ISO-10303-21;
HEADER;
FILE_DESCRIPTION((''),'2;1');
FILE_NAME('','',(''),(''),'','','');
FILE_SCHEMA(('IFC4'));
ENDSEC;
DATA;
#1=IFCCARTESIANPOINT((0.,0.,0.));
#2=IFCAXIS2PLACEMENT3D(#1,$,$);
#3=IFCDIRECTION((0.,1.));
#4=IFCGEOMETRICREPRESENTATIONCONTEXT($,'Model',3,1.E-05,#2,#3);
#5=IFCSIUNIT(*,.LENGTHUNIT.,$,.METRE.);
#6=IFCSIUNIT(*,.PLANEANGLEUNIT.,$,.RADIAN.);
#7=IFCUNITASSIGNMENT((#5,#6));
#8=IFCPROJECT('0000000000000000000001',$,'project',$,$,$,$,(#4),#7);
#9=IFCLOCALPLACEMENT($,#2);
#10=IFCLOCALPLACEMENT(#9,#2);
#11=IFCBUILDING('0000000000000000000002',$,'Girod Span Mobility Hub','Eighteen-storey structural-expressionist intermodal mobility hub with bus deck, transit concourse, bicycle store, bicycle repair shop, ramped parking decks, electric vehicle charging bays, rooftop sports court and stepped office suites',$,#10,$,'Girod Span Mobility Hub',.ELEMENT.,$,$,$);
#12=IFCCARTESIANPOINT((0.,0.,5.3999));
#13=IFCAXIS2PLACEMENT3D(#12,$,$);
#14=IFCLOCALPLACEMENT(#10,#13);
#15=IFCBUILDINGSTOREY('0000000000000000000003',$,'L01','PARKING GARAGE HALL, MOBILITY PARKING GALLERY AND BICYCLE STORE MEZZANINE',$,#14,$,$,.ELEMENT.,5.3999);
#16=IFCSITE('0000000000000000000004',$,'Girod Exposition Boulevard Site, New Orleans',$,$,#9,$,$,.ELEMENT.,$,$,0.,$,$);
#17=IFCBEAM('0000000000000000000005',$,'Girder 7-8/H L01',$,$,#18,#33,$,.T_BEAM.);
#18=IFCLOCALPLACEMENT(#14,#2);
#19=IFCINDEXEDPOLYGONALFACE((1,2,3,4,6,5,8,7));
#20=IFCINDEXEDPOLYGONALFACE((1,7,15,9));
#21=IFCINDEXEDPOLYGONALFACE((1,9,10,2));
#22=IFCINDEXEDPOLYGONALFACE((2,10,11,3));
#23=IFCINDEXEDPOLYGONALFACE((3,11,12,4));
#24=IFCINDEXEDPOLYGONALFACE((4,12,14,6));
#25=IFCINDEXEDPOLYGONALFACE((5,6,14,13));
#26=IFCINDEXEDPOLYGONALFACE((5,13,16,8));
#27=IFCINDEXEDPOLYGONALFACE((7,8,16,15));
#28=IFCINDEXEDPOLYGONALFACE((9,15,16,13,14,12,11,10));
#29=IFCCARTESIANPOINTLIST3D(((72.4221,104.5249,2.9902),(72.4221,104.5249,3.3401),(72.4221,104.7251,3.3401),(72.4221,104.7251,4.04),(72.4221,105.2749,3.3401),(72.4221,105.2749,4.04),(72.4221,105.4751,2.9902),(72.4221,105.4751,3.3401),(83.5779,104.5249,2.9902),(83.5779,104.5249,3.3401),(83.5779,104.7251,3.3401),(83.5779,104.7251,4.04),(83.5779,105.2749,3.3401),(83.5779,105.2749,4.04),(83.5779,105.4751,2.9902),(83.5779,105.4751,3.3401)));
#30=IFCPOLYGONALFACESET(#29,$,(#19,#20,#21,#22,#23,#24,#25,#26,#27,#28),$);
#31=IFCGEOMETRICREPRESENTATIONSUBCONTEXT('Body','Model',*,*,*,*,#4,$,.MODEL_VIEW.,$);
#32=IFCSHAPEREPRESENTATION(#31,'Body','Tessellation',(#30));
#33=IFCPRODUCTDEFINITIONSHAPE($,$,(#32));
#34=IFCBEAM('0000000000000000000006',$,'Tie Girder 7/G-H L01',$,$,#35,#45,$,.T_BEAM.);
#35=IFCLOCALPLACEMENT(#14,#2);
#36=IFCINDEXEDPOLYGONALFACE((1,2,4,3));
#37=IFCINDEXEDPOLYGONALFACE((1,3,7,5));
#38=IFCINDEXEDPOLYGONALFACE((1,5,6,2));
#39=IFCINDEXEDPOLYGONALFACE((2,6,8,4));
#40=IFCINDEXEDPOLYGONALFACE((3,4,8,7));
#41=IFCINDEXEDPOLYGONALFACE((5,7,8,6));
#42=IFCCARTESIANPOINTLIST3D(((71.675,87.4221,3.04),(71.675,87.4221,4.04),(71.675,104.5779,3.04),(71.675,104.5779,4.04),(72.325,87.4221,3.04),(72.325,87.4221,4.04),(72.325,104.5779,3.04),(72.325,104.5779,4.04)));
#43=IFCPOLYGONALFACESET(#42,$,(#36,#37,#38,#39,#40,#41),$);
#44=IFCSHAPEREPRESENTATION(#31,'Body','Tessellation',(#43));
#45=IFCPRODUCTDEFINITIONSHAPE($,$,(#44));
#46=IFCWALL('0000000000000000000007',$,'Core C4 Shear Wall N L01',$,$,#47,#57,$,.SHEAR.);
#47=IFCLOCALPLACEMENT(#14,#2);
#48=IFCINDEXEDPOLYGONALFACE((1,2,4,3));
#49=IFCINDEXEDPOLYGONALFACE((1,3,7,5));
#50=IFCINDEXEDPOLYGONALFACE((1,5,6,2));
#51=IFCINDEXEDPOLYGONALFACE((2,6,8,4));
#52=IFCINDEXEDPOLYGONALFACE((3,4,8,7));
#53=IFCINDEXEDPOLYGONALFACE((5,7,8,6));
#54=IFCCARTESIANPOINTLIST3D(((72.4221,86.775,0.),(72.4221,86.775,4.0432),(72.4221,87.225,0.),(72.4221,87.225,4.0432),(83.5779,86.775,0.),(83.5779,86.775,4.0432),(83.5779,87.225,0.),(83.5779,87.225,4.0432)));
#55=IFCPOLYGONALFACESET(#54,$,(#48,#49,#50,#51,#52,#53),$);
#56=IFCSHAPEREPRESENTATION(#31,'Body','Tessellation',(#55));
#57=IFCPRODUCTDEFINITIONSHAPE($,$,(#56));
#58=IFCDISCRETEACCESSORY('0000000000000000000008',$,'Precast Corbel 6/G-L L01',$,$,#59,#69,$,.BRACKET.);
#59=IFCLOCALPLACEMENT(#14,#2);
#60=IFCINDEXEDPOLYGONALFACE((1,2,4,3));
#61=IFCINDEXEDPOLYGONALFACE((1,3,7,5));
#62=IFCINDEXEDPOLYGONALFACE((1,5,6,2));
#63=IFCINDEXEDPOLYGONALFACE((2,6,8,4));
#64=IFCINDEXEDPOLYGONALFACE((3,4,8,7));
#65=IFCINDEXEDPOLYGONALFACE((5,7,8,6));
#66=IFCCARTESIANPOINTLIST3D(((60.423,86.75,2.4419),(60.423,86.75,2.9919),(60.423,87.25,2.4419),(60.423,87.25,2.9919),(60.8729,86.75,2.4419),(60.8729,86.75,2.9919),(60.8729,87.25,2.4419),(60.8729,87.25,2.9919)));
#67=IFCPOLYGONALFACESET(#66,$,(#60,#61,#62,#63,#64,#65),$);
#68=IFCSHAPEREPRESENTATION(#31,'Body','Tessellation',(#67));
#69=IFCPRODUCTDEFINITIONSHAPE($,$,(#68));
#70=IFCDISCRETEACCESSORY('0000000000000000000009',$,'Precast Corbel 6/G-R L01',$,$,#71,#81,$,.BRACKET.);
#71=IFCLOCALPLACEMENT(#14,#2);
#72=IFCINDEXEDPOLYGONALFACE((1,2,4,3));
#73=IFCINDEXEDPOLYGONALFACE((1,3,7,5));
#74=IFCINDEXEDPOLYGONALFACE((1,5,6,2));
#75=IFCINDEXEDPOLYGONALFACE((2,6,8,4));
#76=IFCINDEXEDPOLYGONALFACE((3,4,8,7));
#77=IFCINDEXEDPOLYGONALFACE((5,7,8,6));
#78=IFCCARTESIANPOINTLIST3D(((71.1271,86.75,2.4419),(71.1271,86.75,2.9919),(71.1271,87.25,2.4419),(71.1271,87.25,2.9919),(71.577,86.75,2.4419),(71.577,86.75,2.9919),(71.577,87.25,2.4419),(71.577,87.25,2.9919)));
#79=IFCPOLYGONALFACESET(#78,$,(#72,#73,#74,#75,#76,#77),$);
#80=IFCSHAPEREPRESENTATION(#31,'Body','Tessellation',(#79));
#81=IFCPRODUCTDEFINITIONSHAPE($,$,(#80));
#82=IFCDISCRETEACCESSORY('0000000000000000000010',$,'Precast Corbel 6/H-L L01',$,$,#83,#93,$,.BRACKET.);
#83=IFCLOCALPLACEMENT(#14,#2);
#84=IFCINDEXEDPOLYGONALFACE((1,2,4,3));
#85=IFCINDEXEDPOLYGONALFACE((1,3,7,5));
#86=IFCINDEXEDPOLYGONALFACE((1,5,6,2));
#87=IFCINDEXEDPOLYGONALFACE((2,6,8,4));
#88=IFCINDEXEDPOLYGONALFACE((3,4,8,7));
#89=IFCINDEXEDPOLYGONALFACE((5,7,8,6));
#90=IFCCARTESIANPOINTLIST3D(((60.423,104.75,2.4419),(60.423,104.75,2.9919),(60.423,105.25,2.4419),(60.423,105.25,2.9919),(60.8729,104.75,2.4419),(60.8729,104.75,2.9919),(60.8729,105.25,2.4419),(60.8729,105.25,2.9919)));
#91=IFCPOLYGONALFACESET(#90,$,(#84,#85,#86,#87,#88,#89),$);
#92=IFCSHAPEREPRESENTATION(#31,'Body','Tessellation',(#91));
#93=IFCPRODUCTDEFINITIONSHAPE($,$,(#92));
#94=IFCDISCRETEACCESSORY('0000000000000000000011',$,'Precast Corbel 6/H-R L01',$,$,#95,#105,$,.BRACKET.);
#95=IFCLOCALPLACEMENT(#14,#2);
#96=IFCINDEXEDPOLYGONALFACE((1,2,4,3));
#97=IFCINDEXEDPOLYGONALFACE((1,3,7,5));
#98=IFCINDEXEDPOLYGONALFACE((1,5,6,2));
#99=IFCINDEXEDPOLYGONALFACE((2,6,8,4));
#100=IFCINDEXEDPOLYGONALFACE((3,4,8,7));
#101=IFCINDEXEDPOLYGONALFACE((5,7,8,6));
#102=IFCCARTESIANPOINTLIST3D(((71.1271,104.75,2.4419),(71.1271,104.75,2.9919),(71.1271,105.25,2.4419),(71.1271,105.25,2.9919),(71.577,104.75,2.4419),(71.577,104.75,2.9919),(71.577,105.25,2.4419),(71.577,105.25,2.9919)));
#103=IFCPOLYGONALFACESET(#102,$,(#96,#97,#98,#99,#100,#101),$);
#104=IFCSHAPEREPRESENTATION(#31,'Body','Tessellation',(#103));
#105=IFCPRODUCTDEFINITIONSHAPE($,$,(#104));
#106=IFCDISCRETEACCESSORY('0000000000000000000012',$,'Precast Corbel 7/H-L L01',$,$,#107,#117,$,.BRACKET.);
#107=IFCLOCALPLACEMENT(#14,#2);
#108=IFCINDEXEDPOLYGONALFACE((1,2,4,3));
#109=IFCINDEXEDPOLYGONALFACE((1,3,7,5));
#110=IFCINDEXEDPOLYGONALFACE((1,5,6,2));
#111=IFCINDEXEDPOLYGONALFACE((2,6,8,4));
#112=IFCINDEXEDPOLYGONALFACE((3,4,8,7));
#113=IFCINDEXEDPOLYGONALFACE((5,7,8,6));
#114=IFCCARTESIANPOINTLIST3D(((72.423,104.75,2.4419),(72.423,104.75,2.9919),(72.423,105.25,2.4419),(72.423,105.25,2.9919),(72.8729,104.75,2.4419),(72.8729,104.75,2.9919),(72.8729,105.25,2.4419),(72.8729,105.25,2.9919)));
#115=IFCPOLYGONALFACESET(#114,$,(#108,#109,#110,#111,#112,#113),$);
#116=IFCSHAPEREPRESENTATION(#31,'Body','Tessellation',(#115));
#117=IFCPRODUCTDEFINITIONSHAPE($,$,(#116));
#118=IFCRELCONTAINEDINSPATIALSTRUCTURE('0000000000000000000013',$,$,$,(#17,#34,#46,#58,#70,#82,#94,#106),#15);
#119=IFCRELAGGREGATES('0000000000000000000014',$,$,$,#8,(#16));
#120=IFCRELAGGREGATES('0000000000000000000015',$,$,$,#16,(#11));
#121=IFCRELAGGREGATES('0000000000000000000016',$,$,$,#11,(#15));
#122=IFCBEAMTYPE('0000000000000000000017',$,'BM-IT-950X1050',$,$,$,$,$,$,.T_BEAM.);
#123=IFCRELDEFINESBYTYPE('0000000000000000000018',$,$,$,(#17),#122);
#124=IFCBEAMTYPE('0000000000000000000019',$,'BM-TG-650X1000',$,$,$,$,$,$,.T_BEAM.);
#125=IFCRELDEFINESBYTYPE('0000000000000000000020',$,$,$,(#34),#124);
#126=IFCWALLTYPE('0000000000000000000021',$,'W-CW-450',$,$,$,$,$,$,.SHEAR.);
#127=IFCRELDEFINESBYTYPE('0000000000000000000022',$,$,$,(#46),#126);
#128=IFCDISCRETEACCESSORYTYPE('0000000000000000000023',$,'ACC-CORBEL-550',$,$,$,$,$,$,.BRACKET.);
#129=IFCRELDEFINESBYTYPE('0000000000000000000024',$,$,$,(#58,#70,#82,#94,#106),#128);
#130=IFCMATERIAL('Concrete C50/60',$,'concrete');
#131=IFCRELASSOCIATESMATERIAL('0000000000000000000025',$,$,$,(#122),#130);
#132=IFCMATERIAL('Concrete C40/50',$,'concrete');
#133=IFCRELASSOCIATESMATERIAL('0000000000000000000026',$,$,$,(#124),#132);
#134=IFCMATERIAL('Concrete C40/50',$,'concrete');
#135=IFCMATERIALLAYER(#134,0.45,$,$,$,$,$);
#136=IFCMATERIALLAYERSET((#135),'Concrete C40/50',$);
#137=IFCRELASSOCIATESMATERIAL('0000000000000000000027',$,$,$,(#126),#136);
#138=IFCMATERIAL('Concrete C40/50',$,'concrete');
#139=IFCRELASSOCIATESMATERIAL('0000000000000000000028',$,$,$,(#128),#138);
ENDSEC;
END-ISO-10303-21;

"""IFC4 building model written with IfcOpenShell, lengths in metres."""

from ifc_helpers import new_model, si_unit, direction, frame, frame_2d, origin, origin_2d, place, context, subcontext, project, spatial, polyline, rectangle, outline, extrude, material, layer, layer_set, material_profile, profile_set, type_object, element, save


model = new_model("IFC4")

# Units and contexts
model_context = context("Model", 3, precision=1e-05, world=origin(), true_north=direction((0.0, 1.0)))
body_context = subcontext(model_context, "Body", "Model", "MODEL_VIEW")
ifc_project = project(units=[si_unit("LENGTHUNIT", "METRE"), si_unit("PLANEANGLEUNIT", "RADIAN")], contexts=[model_context])

# Site, building, storey
site_placement = place(None, origin())
site = spatial("IfcSite", under=ifc_project, at=site_placement, Name="Girod Exposition Boulevard Site, New Orleans", CompositionType="ELEMENT", RefElevation=0.0)
building_placement = place(site_placement, origin())
building = spatial("IfcBuilding", under=site, at=building_placement, Name="Girod Span Mobility Hub", Description="Eighteen-storey structural-expressionist intermodal mobility hub with bus deck, transit concourse, bicycle store, bicycle repair shop, ramped parking decks, electric vehicle charging bays, rooftop sports court and stepped office suites", LongName="Girod Span Mobility Hub", CompositionType="ELEMENT")
storey_placement = place(building_placement, frame((0.0, 0.0, 5.3999)))
storey = spatial("IfcBuildingStorey", under=building, at=storey_placement, Name="L01", Description="PARKING GARAGE HALL, MOBILITY PARKING GALLERY AND BICYCLE STORE MEZZANINE", CompositionType="ELEMENT", Elevation=5.3999)

# Beams
ifc_material_1 = material(Name="Concrete C50/60", Category="concrete")
ifc_material_profile_1 = material_profile(ifc_material_1, outline(polyline([(-0.4751, -0.5249), (0.4751, -0.5249), (0.4751, -0.175), (0.2749, -0.175), (0.2749, 0.5249), (-0.2749, 0.5249), (-0.2749, -0.175), (-0.4751, -0.175), (-0.4751, -0.5249)])), Name="IT-950X1050")
ifc_profile_set_1 = profile_set([ifc_material_profile_1], Name="Concrete C50/60")
beam_type_1 = type_object("IfcBeamType", Name="BM-IT-950X1050", PredefinedType="T_BEAM", material=ifc_profile_set_1)
beam_1_placement = place(storey_placement, frame((72.4221, 105.0, 3.5151), z_axis=(1.0, 0.0, 0.0), x_axis=(0.0, 1.0, 0.0)))
element("IfcBeam", 1, at=beam_1_placement, inside=storey, type_object=beam_type_1, Name="Girder 7-8/H L01", PredefinedType="T_BEAM", context=body_context, shape_type="SweptSolid", body=[
    extrude(outline(polyline([(-0.4751, -0.5249), (0.4751, -0.5249), (0.4751, -0.175), (0.2749, -0.175), (0.2749, 0.5249), (-0.2749, 0.5249), (-0.2749, -0.175), (-0.4751, -0.175), (-0.4751, -0.5249)])), origin(), (0.0, 0.0, 1.0), 11.1558),
])
ifc_material_2 = material(Name="Concrete C40/50", Category="concrete")
ifc_material_profile_2 = material_profile(ifc_material_2, rectangle(XDim=0.6499, YDim=1.0, at=origin_2d()), Name="TG-650X1000")
ifc_profile_set_2 = profile_set([ifc_material_profile_2], Name="Concrete C40/50")
beam_type_2 = type_object("IfcBeamType", Name="BM-TG-650X1000", PredefinedType="T_BEAM", material=ifc_profile_set_2)
beam_2_placement = place(storey_placement, frame((72.0, 87.4221, 3.54), z_axis=(0.0, 1.0, 0.0), x_axis=(-1.0, 0.0, 0.0)))
element("IfcBeam", 2, at=beam_2_placement, inside=storey, type_object=beam_type_2, Name="Tie Girder 7/G-H L01", PredefinedType="T_BEAM", context=body_context, shape_type="SweptSolid", body=[
    extrude(rectangle(XDim=0.6499, YDim=1.0, at=origin_2d()), origin(), (0.0, 0.0, 1.0), 17.1558),
])

# Wall
ifc_material_3 = material(Name="Concrete C40/50", Category="concrete")
ifc_layer = layer(ifc_material_3, 0.45)
ifc_layer_set = layer_set([ifc_layer], Name="Concrete C40/50")
wall_type = type_object("IfcWallType", Name="W-CW-450", PredefinedType="SHEAR", material=ifc_layer_set)
wall_placement = place(storey_placement, frame((72.4221, 87.0, 0.0), z_axis=(0.0, 0.0, 1.0), x_axis=(1.0, 0.0, 0.0)))
element("IfcWall", 3, at=wall_placement, inside=storey, type_object=wall_type, Name="Core C4 Shear Wall N L01", PredefinedType="SHEAR", context=body_context, shape_type="SweptSolid", body=[
    extrude(rectangle(XDim=11.1558, YDim=0.45, at=frame_2d((5.5779, 0.0))), origin(), (0.0, 0.0, 1.0), 4.0432),
])

# Discrete accessories
ifc_material_4 = material(Name="Concrete C40/50", Category="concrete")
discrete_accessory_type = type_object("IfcDiscreteAccessoryType", Name="ACC-CORBEL-550", PredefinedType="BRACKET", material=ifc_material_4)
for number, where, z_axis, x_axis, name in (
    (4, (60.6479, 87.0, 2.4419), (0.0, 0.0, 1.0), (1.0, 0.0, 0.0), "Precast Corbel 6/G-L L01"),
    (5, (71.3521, 87.0, 2.4419), (0.0, 0.0, 1.0), (1.0, 0.0, 0.0), "Precast Corbel 6/G-R L01"),
    (6, (60.6479, 105.0, 2.4419), (0.0, 0.0, 1.0), (1.0, 0.0, 0.0), "Precast Corbel 6/H-L L01"),
    (7, (71.3521, 105.0, 2.4419), (0.0, 0.0, 1.0), (1.0, 0.0, 0.0), "Precast Corbel 6/H-R L01"),
    (8, (72.6479, 105.0, 2.4419), (0.0, 0.0, 1.0), (1.0, 0.0, 0.0), "Precast Corbel 7/H-L L01"),
):
    element("IfcDiscreteAccessory", number, at=place(storey_placement, frame(where, z_axis=z_axis, x_axis=x_axis)), inside=storey, type_object=discrete_accessory_type, Name=name, PredefinedType="BRACKET", context=body_context, shape_type="SweptSolid", body=[
        extrude(rectangle(XDim=0.45, YDim=0.5, at=origin_2d()), origin(), (0.0, 0.0, 1.0), 0.55),
    ])

save(model, "model.ifc")
